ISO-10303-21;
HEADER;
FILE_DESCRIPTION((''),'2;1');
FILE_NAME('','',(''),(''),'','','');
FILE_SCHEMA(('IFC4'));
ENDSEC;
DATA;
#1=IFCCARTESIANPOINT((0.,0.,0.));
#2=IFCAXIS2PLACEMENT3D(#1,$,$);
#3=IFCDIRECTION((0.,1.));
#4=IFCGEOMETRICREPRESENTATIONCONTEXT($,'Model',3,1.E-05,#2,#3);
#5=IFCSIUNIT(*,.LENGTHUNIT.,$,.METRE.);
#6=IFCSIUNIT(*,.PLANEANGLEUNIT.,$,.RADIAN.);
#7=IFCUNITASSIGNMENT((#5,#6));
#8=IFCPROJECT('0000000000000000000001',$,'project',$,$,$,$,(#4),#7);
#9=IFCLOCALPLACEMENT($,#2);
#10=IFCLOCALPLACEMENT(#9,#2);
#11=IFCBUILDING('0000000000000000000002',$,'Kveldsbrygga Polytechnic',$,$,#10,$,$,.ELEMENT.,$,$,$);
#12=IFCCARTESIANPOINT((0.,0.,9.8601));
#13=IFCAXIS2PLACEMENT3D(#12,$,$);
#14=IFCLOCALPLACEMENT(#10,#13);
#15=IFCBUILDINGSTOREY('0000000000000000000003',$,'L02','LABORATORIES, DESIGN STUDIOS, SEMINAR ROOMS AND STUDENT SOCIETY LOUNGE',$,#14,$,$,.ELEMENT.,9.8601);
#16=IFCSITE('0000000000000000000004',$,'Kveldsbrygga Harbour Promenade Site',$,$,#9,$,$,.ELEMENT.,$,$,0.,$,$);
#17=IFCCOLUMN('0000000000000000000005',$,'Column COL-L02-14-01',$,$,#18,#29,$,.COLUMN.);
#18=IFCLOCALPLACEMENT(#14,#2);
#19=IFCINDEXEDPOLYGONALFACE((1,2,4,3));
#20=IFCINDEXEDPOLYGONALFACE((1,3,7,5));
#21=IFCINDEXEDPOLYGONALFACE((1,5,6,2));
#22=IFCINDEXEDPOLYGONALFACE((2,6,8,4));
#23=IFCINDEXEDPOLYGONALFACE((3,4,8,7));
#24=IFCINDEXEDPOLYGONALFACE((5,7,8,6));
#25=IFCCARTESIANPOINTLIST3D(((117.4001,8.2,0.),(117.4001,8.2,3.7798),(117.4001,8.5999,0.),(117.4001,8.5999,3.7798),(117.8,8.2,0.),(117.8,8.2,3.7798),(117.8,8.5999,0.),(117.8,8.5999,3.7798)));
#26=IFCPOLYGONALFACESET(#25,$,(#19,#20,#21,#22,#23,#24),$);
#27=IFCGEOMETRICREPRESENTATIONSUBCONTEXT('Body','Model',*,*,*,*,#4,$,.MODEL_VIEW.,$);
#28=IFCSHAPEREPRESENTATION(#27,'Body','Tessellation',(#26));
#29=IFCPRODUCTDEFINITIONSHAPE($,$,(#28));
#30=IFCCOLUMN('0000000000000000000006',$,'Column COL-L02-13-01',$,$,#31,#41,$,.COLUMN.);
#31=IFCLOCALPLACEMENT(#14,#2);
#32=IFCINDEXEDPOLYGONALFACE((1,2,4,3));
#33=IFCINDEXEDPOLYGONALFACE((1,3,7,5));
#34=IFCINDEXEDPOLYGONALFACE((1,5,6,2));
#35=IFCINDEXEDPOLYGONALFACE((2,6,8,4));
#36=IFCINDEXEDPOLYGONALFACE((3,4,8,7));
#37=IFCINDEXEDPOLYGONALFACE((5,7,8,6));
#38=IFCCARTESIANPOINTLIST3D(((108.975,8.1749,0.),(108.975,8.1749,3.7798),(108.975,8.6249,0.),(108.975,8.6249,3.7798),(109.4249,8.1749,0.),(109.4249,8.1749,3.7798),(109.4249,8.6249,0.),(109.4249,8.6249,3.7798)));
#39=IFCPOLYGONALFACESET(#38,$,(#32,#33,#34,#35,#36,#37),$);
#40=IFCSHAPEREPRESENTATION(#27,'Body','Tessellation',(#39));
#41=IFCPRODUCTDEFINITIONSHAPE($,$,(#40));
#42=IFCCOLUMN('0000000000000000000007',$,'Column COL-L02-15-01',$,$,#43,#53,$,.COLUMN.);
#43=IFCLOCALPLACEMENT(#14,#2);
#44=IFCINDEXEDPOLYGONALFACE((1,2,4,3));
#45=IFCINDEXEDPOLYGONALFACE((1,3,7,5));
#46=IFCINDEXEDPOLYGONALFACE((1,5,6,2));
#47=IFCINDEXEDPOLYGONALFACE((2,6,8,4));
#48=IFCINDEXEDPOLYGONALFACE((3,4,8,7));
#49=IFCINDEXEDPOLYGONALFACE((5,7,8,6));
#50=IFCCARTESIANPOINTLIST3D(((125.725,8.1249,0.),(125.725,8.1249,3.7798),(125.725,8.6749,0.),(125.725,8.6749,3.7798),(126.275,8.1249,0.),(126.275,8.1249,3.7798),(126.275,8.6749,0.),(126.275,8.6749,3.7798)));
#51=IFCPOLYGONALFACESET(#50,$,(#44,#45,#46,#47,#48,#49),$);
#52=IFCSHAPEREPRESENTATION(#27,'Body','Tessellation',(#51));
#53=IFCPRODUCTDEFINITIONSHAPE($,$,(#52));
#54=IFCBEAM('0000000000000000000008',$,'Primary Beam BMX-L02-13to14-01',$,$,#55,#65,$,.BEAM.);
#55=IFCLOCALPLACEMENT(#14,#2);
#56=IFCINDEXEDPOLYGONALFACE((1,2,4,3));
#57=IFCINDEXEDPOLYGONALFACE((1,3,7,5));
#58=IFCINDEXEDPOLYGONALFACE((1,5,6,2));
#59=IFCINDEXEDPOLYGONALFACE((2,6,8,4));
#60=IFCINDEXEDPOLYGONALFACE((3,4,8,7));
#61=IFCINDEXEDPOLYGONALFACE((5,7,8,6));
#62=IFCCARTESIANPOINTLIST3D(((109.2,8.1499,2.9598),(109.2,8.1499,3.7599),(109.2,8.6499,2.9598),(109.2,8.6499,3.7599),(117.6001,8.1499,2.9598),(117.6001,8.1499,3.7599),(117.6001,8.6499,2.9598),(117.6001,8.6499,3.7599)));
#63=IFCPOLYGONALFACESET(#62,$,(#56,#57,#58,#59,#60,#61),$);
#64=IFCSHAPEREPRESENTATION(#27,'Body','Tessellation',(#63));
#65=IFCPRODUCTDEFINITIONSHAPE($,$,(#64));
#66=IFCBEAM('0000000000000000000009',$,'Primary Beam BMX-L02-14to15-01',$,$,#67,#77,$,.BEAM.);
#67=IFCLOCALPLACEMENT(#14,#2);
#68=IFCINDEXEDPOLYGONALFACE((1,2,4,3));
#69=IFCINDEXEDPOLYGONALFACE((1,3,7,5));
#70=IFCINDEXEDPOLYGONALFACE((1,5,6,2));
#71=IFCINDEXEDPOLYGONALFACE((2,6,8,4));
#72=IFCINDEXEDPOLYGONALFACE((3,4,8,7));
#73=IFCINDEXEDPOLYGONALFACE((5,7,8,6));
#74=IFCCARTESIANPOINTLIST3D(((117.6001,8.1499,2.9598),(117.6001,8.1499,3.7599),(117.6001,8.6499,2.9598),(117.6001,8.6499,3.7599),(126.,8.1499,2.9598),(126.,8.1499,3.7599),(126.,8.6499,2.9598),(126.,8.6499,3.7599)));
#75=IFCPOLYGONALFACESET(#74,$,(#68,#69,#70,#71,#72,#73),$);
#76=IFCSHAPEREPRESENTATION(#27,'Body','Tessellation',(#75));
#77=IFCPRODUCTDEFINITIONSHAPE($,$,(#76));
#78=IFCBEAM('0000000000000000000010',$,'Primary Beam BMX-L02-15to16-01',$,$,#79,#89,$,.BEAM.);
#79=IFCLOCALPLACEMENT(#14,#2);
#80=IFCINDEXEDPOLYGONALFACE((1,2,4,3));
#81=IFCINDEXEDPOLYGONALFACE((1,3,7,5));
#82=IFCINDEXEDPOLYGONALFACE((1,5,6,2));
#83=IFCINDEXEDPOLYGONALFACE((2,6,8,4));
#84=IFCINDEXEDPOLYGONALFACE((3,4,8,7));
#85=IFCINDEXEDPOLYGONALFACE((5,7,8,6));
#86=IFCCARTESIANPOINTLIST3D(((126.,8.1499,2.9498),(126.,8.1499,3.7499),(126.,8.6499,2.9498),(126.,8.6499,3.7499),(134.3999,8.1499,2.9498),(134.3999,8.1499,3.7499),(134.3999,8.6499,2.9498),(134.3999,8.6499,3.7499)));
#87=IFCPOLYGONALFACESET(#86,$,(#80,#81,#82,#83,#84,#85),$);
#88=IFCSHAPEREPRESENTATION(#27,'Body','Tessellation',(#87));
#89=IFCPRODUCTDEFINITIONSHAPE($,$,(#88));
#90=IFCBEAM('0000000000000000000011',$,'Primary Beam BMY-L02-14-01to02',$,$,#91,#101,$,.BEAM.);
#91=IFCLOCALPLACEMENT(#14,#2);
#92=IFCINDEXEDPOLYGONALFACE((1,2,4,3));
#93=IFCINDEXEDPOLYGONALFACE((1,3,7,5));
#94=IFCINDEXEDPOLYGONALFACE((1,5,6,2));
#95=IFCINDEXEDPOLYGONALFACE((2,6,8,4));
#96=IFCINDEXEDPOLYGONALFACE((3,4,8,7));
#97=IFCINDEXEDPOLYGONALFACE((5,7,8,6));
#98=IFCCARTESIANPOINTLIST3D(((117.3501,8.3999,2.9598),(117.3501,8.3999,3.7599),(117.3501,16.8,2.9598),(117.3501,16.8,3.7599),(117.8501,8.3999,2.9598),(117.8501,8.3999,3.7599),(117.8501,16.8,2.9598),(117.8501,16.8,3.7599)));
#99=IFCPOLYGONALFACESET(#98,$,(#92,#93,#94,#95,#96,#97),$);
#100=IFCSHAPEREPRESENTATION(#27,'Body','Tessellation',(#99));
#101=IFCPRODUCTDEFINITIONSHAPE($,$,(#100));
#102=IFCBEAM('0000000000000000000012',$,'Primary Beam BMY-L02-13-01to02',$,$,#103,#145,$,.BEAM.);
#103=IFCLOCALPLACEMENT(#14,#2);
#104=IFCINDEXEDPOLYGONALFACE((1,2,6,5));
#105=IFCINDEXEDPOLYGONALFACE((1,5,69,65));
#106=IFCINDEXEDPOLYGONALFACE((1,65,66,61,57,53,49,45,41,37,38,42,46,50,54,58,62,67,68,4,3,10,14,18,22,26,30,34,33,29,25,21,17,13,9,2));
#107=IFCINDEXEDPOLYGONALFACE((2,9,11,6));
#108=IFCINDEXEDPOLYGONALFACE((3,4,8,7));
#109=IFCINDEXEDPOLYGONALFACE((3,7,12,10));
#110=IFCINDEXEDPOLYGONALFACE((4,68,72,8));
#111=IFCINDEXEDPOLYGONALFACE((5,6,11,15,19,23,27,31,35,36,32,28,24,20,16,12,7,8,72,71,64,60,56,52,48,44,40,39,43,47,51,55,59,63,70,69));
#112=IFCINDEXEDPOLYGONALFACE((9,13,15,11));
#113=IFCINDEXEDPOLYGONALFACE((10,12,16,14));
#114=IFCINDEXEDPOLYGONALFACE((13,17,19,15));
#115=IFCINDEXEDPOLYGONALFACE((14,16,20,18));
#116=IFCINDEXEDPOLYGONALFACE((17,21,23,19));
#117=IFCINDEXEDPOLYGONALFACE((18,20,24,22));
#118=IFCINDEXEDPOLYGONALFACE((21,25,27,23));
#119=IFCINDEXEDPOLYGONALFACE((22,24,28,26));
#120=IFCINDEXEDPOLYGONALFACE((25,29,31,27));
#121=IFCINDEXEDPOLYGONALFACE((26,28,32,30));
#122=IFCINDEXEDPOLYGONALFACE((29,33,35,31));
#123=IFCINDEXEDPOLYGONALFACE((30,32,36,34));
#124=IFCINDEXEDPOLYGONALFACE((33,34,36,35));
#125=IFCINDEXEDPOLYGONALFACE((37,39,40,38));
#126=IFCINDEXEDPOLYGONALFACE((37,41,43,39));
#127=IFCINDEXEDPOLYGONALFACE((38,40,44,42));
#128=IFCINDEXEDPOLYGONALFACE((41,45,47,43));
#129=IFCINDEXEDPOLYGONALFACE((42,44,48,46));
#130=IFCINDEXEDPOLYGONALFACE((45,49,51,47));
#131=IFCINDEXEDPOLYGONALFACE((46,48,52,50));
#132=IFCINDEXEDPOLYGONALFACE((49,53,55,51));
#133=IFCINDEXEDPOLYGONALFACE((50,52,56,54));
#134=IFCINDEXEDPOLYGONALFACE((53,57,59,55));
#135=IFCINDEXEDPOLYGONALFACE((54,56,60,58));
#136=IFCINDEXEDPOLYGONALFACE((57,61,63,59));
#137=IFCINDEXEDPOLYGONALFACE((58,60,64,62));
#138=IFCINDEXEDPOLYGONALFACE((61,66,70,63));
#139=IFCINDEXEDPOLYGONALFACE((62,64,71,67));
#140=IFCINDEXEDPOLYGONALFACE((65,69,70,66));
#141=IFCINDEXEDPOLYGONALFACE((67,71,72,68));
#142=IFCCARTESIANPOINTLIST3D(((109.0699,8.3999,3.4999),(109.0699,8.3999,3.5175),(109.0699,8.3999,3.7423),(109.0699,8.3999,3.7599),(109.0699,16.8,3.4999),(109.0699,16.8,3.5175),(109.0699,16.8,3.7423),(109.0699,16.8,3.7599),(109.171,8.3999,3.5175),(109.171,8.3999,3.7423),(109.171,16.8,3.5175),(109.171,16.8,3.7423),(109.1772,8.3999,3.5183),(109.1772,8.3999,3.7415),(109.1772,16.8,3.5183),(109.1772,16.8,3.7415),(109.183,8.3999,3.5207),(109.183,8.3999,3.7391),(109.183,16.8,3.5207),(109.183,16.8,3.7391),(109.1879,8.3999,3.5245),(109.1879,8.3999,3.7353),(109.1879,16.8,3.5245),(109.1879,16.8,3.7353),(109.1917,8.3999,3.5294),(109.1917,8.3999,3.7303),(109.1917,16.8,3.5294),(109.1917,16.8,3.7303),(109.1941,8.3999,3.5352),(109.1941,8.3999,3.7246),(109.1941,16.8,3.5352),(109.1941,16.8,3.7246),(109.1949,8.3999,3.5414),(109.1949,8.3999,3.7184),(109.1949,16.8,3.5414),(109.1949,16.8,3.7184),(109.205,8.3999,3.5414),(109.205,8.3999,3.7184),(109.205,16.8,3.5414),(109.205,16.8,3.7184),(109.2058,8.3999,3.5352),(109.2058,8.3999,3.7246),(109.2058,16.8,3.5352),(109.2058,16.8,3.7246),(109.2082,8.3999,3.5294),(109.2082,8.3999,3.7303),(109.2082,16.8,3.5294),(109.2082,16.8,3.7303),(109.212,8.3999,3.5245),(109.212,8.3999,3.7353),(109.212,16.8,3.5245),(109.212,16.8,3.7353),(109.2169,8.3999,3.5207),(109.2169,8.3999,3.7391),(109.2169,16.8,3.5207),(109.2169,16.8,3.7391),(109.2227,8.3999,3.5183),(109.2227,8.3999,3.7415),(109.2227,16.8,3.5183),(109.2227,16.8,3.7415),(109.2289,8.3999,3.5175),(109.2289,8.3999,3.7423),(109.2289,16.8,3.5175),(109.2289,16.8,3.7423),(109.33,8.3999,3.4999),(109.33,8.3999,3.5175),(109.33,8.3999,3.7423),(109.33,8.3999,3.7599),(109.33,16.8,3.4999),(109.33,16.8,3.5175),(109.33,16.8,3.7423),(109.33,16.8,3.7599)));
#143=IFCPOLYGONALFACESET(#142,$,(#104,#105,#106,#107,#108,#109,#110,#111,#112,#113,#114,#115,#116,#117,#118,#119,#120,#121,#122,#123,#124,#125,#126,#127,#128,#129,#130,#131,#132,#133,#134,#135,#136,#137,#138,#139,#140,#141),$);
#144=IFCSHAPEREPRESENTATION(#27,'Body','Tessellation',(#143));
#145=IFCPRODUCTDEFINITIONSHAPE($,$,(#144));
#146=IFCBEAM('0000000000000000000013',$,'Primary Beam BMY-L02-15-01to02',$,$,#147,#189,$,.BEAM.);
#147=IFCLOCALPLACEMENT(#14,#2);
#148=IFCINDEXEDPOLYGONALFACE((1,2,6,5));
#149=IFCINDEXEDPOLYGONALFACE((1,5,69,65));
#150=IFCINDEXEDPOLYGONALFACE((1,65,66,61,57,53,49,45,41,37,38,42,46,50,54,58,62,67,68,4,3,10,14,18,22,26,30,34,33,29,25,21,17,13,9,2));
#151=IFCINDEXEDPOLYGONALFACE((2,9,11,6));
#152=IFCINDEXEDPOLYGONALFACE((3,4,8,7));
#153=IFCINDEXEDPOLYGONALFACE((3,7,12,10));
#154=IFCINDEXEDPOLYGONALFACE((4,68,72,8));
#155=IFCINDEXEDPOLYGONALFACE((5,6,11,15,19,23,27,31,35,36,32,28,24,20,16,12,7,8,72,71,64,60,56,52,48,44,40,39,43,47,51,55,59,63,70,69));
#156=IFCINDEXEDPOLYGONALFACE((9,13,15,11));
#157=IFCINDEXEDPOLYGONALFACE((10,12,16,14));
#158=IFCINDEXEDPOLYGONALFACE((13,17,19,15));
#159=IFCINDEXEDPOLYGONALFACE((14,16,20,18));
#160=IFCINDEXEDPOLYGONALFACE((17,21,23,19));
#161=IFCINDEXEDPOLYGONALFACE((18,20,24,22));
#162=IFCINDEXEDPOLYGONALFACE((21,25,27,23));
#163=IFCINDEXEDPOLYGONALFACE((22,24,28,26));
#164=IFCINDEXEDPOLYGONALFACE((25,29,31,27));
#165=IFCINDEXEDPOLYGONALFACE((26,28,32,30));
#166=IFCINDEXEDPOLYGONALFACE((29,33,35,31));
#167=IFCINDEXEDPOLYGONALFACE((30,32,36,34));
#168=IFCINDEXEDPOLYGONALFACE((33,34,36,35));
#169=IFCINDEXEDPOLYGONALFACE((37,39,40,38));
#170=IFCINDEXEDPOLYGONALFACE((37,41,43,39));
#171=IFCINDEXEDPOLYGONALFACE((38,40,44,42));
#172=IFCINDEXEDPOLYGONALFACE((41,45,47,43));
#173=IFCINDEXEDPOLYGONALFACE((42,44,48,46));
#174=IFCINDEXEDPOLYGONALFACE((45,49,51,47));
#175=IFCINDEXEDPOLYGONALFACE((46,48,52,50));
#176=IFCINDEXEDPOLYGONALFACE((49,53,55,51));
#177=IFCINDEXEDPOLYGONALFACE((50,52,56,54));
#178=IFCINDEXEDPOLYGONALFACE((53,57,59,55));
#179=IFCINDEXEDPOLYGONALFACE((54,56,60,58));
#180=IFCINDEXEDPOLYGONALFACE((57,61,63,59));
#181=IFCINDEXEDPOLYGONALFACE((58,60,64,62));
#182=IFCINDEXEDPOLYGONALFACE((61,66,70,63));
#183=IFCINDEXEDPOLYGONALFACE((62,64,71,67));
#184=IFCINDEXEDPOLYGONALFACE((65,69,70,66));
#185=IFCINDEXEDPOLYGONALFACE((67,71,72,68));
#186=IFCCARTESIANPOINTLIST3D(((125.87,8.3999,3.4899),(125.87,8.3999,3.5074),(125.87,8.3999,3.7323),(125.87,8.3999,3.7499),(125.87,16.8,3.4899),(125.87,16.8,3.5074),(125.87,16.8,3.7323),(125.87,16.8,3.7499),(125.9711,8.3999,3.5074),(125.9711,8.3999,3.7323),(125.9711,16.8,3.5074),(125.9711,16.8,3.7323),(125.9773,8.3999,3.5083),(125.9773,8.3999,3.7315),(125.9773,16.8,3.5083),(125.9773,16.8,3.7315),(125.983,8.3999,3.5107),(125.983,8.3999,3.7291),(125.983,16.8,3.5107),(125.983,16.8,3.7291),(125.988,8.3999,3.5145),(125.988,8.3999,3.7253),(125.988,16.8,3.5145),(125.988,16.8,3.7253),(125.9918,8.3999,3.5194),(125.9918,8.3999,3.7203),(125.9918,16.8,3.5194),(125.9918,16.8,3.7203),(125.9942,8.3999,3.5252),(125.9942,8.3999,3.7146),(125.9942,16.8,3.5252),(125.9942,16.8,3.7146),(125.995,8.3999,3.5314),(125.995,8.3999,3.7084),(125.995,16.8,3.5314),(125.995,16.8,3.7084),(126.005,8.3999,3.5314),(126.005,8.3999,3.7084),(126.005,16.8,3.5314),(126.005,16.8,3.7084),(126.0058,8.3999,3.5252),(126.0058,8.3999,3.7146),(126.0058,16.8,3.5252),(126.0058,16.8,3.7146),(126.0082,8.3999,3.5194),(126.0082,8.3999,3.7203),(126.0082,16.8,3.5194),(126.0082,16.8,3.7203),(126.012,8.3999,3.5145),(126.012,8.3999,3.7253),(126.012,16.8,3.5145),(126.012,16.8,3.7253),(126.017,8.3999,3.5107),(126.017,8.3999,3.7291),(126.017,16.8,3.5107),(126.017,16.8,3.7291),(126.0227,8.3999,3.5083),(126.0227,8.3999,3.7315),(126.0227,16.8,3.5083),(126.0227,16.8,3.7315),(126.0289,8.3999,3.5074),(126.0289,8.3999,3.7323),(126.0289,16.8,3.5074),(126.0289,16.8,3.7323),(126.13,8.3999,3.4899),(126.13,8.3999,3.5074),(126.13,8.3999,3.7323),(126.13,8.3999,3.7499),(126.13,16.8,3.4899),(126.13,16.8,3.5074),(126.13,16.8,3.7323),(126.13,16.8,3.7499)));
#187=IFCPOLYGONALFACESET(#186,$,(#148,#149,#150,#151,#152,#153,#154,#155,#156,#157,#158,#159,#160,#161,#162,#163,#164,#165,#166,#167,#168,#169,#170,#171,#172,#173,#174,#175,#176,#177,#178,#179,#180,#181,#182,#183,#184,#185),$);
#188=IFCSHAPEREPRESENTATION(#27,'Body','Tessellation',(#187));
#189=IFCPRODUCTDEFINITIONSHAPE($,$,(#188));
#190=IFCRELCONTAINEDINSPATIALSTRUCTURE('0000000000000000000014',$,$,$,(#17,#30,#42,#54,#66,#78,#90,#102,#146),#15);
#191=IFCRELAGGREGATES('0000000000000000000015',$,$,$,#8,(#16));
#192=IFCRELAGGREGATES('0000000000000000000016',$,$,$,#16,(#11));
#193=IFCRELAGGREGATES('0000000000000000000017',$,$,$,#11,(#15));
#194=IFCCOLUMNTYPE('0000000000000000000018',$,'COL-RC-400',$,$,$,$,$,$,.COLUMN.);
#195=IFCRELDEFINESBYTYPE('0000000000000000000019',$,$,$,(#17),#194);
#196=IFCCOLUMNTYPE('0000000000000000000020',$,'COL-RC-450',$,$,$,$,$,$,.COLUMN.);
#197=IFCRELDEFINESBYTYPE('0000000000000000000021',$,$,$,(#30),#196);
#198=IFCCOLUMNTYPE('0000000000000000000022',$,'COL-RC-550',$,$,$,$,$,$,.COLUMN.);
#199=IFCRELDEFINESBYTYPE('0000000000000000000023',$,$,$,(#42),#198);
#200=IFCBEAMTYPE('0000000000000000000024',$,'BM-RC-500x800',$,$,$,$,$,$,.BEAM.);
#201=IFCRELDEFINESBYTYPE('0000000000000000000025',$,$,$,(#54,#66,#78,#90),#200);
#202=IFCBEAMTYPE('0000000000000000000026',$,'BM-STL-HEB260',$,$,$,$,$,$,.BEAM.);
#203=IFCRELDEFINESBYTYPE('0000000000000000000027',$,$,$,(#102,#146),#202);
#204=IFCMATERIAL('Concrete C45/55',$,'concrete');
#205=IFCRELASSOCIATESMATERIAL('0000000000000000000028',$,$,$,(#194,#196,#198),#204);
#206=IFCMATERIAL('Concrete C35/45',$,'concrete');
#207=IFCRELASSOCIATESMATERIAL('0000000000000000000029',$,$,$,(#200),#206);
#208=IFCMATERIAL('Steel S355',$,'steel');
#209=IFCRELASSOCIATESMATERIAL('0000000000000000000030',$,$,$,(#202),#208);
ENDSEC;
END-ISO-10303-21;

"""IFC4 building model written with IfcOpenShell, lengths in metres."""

from ifc_helpers import new_model, si_unit, direction, frame, origin, origin_2d, place, context, subcontext, project, spatial, rectangle, i_section, extrude, material, material_profile, profile_set, type_object, element, save


model = new_model("IFC4")

# Units and contexts
model_context = context("Model", 3, precision=1e-05, world=origin(), true_north=direction((0.0, 1.0)))
body_context = subcontext(model_context, "Body", "Model", "MODEL_VIEW")
ifc_project = project(units=[si_unit("LENGTHUNIT", "METRE"), si_unit("PLANEANGLEUNIT", "RADIAN")], contexts=[model_context])

# Site, building, storey
site_placement = place(None, origin())
site = spatial("IfcSite", under=ifc_project, at=site_placement, Name="Kveldsbrygga Harbour Promenade Site", CompositionType="ELEMENT", RefElevation=0.0)
building_placement = place(site_placement, origin())
building = spatial("IfcBuilding", under=site, at=building_placement, Name="Kveldsbrygga Polytechnic", CompositionType="ELEMENT")
storey_placement = place(building_placement, frame((0.0, 0.0, 9.8601)))
storey = spatial("IfcBuildingStorey", under=building, at=storey_placement, Name="L02", Description="LABORATORIES, DESIGN STUDIOS, SEMINAR ROOMS AND STUDENT SOCIETY LOUNGE", CompositionType="ELEMENT", Elevation=9.8601)

# Columns
ifc_material_1 = material(Name="Concrete C45/55", Category="concrete")
ifc_material_profile_1 = material_profile(ifc_material_1, rectangle(XDim=0.3999, YDim=0.3999, at=origin_2d()), Name="RC 400x400")
ifc_profile_set_1 = profile_set([ifc_material_profile_1], Name="Concrete C45/55")
column_type_1 = type_object("IfcColumnType", Name="COL-RC-400", PredefinedType="COLUMN", material=ifc_profile_set_1)
column_1_placement = place(storey_placement, frame((117.6001, 8.3999, 0.0), z_axis=(0.0, 0.0, 1.0), x_axis=(1.0, 0.0, 0.0)))
element("IfcColumn", 1, at=column_1_placement, inside=storey, type_object=column_type_1, Name="Column COL-L02-14-01", PredefinedType="COLUMN", context=body_context, shape_type="SweptSolid", body=[
    extrude(rectangle(XDim=0.3999, YDim=0.3999, at=origin_2d()), origin(), (0.0, 0.0, 1.0), 3.7798),
])
ifc_material_profile_2 = material_profile(ifc_material_1, rectangle(XDim=0.45, YDim=0.45, at=origin_2d()), Name="RC 450x450")
ifc_profile_set_2 = profile_set([ifc_material_profile_2], Name="Concrete C45/55")
column_type_2 = type_object("IfcColumnType", Name="COL-RC-450", PredefinedType="COLUMN", material=ifc_profile_set_2)
column_2_placement = place(storey_placement, frame((109.2, 8.3999, 0.0), z_axis=(0.0, 0.0, 1.0), x_axis=(1.0, 0.0, 0.0)))
element("IfcColumn", 2, at=column_2_placement, inside=storey, type_object=column_type_2, Name="Column COL-L02-13-01", PredefinedType="COLUMN", context=body_context, shape_type="SweptSolid", body=[
    extrude(rectangle(XDim=0.45, YDim=0.45, at=origin_2d()), origin(), (0.0, 0.0, 1.0), 3.7798),
])
ifc_material_profile_3 = material_profile(ifc_material_1, rectangle(XDim=0.55, YDim=0.55, at=origin_2d()), Name="RC 550x550")
ifc_profile_set_3 = profile_set([ifc_material_profile_3], Name="Concrete C45/55")
column_type_3 = type_object("IfcColumnType", Name="COL-RC-550", PredefinedType="COLUMN", material=ifc_profile_set_3)
column_3_placement = place(storey_placement, frame((126.0, 8.3999, 0.0), z_axis=(0.0, 0.0, 1.0), x_axis=(1.0, 0.0, 0.0)))
element("IfcColumn", 3, at=column_3_placement, inside=storey, type_object=column_type_3, Name="Column COL-L02-15-01", PredefinedType="COLUMN", context=body_context, shape_type="SweptSolid", body=[
    extrude(rectangle(XDim=0.55, YDim=0.55, at=origin_2d()), origin(), (0.0, 0.0, 1.0), 3.7798),
])

# Beams
ifc_material_2 = material(Name="Concrete C35/45", Category="concrete")
ifc_material_profile_4 = material_profile(ifc_material_2, rectangle(XDim=0.5, YDim=0.8, at=origin_2d()), Name="RC 500x800")
ifc_profile_set_4 = profile_set([ifc_material_profile_4], Name="Concrete C35/45")
beam_type_1 = type_object("IfcBeamType", Name="BM-RC-500x800", PredefinedType="BEAM", material=ifc_profile_set_4)
beam_1_placement = place(storey_placement, frame((109.2, 8.3999, 3.3599), z_axis=(1.0, 0.0, 0.0), x_axis=(0.0, 1.0, 0.0)))
element("IfcBeam", 4, at=beam_1_placement, inside=storey, type_object=beam_type_1, Name="Primary Beam BMX-L02-13to14-01", PredefinedType="BEAM", context=body_context, shape_type="SweptSolid", body=[
    extrude(rectangle(XDim=0.5, YDim=0.8, at=origin_2d()), origin(), (0.0, 0.0, 1.0), 8.4001),
])
for number, where, z_axis, x_axis, name in (
    (5, (117.6001, 8.3999, 3.3599), (1.0, 0.0, 0.0), (0.0, 1.0, 0.0), "Primary Beam BMX-L02-14to15-01"),
    (6, (126.0, 8.3999, 3.3499), (1.0, 0.0, 0.0), (0.0, 1.0, 0.0), "Primary Beam BMX-L02-15to16-01"),
):
    element("IfcBeam", number, at=place(storey_placement, frame(where, z_axis=z_axis, x_axis=x_axis)), inside=storey, type_object=beam_type_1, Name=name, PredefinedType="BEAM", context=body_context, shape_type="SweptSolid", body=[
        extrude(rectangle(XDim=0.5, YDim=0.8, at=origin_2d()), origin(), (0.0, 0.0, 1.0), 8.3999),
    ])
beam_2_placement = place(storey_placement, frame((117.6001, 8.3999, 3.3599), z_axis=(0.0, 1.0, 0.0), x_axis=(-1.0, 0.0, 0.0)))
element("IfcBeam", 7, at=beam_2_placement, inside=storey, type_object=beam_type_1, Name="Primary Beam BMY-L02-14-01to02", PredefinedType="BEAM", context=body_context, shape_type="SweptSolid", body=[
    extrude(rectangle(XDim=0.5, YDim=0.8, at=origin_2d()), origin(), (0.0, 0.0, 1.0), 8.4001),
])
ifc_material_3 = material(Name="Steel S355", Category="steel")
ifc_material_profile_5 = material_profile(ifc_material_3, i_section(OverallWidth=0.26, OverallDepth=0.26, WebThickness=0.01, FlangeThickness=0.0176, FilletRadius=0.0239, at=origin_2d()), Name="HEB 260")
ifc_profile_set_5 = profile_set([ifc_material_profile_5], Name="Steel S355")
beam_type_2 = type_object("IfcBeamType", Name="BM-STL-HEB260", PredefinedType="BEAM", material=ifc_profile_set_5)
for number, where, z_axis, x_axis, name in (
    (8, (109.2, 8.3999, 3.6299), (0.0, 1.0, 0.0), (-1.0, 0.0, 0.0), "Primary Beam BMY-L02-13-01to02"),
    (9, (126.0, 8.3999, 3.6199), (0.0, 1.0, 0.0), (-1.0, 0.0, 0.0), "Primary Beam BMY-L02-15-01to02"),
):
    element("IfcBeam", number, at=place(storey_placement, frame(where, z_axis=z_axis, x_axis=x_axis)), inside=storey, type_object=beam_type_2, Name=name, PredefinedType="BEAM", context=body_context, shape_type="SweptSolid", body=[
        extrude(i_section(OverallWidth=0.26, OverallDepth=0.26, WebThickness=0.01, FlangeThickness=0.0176, FilletRadius=0.0239, at=origin_2d()), origin(), (0.0, 0.0, 1.0), 8.4001),
    ])

save(model, "model.ifc")
